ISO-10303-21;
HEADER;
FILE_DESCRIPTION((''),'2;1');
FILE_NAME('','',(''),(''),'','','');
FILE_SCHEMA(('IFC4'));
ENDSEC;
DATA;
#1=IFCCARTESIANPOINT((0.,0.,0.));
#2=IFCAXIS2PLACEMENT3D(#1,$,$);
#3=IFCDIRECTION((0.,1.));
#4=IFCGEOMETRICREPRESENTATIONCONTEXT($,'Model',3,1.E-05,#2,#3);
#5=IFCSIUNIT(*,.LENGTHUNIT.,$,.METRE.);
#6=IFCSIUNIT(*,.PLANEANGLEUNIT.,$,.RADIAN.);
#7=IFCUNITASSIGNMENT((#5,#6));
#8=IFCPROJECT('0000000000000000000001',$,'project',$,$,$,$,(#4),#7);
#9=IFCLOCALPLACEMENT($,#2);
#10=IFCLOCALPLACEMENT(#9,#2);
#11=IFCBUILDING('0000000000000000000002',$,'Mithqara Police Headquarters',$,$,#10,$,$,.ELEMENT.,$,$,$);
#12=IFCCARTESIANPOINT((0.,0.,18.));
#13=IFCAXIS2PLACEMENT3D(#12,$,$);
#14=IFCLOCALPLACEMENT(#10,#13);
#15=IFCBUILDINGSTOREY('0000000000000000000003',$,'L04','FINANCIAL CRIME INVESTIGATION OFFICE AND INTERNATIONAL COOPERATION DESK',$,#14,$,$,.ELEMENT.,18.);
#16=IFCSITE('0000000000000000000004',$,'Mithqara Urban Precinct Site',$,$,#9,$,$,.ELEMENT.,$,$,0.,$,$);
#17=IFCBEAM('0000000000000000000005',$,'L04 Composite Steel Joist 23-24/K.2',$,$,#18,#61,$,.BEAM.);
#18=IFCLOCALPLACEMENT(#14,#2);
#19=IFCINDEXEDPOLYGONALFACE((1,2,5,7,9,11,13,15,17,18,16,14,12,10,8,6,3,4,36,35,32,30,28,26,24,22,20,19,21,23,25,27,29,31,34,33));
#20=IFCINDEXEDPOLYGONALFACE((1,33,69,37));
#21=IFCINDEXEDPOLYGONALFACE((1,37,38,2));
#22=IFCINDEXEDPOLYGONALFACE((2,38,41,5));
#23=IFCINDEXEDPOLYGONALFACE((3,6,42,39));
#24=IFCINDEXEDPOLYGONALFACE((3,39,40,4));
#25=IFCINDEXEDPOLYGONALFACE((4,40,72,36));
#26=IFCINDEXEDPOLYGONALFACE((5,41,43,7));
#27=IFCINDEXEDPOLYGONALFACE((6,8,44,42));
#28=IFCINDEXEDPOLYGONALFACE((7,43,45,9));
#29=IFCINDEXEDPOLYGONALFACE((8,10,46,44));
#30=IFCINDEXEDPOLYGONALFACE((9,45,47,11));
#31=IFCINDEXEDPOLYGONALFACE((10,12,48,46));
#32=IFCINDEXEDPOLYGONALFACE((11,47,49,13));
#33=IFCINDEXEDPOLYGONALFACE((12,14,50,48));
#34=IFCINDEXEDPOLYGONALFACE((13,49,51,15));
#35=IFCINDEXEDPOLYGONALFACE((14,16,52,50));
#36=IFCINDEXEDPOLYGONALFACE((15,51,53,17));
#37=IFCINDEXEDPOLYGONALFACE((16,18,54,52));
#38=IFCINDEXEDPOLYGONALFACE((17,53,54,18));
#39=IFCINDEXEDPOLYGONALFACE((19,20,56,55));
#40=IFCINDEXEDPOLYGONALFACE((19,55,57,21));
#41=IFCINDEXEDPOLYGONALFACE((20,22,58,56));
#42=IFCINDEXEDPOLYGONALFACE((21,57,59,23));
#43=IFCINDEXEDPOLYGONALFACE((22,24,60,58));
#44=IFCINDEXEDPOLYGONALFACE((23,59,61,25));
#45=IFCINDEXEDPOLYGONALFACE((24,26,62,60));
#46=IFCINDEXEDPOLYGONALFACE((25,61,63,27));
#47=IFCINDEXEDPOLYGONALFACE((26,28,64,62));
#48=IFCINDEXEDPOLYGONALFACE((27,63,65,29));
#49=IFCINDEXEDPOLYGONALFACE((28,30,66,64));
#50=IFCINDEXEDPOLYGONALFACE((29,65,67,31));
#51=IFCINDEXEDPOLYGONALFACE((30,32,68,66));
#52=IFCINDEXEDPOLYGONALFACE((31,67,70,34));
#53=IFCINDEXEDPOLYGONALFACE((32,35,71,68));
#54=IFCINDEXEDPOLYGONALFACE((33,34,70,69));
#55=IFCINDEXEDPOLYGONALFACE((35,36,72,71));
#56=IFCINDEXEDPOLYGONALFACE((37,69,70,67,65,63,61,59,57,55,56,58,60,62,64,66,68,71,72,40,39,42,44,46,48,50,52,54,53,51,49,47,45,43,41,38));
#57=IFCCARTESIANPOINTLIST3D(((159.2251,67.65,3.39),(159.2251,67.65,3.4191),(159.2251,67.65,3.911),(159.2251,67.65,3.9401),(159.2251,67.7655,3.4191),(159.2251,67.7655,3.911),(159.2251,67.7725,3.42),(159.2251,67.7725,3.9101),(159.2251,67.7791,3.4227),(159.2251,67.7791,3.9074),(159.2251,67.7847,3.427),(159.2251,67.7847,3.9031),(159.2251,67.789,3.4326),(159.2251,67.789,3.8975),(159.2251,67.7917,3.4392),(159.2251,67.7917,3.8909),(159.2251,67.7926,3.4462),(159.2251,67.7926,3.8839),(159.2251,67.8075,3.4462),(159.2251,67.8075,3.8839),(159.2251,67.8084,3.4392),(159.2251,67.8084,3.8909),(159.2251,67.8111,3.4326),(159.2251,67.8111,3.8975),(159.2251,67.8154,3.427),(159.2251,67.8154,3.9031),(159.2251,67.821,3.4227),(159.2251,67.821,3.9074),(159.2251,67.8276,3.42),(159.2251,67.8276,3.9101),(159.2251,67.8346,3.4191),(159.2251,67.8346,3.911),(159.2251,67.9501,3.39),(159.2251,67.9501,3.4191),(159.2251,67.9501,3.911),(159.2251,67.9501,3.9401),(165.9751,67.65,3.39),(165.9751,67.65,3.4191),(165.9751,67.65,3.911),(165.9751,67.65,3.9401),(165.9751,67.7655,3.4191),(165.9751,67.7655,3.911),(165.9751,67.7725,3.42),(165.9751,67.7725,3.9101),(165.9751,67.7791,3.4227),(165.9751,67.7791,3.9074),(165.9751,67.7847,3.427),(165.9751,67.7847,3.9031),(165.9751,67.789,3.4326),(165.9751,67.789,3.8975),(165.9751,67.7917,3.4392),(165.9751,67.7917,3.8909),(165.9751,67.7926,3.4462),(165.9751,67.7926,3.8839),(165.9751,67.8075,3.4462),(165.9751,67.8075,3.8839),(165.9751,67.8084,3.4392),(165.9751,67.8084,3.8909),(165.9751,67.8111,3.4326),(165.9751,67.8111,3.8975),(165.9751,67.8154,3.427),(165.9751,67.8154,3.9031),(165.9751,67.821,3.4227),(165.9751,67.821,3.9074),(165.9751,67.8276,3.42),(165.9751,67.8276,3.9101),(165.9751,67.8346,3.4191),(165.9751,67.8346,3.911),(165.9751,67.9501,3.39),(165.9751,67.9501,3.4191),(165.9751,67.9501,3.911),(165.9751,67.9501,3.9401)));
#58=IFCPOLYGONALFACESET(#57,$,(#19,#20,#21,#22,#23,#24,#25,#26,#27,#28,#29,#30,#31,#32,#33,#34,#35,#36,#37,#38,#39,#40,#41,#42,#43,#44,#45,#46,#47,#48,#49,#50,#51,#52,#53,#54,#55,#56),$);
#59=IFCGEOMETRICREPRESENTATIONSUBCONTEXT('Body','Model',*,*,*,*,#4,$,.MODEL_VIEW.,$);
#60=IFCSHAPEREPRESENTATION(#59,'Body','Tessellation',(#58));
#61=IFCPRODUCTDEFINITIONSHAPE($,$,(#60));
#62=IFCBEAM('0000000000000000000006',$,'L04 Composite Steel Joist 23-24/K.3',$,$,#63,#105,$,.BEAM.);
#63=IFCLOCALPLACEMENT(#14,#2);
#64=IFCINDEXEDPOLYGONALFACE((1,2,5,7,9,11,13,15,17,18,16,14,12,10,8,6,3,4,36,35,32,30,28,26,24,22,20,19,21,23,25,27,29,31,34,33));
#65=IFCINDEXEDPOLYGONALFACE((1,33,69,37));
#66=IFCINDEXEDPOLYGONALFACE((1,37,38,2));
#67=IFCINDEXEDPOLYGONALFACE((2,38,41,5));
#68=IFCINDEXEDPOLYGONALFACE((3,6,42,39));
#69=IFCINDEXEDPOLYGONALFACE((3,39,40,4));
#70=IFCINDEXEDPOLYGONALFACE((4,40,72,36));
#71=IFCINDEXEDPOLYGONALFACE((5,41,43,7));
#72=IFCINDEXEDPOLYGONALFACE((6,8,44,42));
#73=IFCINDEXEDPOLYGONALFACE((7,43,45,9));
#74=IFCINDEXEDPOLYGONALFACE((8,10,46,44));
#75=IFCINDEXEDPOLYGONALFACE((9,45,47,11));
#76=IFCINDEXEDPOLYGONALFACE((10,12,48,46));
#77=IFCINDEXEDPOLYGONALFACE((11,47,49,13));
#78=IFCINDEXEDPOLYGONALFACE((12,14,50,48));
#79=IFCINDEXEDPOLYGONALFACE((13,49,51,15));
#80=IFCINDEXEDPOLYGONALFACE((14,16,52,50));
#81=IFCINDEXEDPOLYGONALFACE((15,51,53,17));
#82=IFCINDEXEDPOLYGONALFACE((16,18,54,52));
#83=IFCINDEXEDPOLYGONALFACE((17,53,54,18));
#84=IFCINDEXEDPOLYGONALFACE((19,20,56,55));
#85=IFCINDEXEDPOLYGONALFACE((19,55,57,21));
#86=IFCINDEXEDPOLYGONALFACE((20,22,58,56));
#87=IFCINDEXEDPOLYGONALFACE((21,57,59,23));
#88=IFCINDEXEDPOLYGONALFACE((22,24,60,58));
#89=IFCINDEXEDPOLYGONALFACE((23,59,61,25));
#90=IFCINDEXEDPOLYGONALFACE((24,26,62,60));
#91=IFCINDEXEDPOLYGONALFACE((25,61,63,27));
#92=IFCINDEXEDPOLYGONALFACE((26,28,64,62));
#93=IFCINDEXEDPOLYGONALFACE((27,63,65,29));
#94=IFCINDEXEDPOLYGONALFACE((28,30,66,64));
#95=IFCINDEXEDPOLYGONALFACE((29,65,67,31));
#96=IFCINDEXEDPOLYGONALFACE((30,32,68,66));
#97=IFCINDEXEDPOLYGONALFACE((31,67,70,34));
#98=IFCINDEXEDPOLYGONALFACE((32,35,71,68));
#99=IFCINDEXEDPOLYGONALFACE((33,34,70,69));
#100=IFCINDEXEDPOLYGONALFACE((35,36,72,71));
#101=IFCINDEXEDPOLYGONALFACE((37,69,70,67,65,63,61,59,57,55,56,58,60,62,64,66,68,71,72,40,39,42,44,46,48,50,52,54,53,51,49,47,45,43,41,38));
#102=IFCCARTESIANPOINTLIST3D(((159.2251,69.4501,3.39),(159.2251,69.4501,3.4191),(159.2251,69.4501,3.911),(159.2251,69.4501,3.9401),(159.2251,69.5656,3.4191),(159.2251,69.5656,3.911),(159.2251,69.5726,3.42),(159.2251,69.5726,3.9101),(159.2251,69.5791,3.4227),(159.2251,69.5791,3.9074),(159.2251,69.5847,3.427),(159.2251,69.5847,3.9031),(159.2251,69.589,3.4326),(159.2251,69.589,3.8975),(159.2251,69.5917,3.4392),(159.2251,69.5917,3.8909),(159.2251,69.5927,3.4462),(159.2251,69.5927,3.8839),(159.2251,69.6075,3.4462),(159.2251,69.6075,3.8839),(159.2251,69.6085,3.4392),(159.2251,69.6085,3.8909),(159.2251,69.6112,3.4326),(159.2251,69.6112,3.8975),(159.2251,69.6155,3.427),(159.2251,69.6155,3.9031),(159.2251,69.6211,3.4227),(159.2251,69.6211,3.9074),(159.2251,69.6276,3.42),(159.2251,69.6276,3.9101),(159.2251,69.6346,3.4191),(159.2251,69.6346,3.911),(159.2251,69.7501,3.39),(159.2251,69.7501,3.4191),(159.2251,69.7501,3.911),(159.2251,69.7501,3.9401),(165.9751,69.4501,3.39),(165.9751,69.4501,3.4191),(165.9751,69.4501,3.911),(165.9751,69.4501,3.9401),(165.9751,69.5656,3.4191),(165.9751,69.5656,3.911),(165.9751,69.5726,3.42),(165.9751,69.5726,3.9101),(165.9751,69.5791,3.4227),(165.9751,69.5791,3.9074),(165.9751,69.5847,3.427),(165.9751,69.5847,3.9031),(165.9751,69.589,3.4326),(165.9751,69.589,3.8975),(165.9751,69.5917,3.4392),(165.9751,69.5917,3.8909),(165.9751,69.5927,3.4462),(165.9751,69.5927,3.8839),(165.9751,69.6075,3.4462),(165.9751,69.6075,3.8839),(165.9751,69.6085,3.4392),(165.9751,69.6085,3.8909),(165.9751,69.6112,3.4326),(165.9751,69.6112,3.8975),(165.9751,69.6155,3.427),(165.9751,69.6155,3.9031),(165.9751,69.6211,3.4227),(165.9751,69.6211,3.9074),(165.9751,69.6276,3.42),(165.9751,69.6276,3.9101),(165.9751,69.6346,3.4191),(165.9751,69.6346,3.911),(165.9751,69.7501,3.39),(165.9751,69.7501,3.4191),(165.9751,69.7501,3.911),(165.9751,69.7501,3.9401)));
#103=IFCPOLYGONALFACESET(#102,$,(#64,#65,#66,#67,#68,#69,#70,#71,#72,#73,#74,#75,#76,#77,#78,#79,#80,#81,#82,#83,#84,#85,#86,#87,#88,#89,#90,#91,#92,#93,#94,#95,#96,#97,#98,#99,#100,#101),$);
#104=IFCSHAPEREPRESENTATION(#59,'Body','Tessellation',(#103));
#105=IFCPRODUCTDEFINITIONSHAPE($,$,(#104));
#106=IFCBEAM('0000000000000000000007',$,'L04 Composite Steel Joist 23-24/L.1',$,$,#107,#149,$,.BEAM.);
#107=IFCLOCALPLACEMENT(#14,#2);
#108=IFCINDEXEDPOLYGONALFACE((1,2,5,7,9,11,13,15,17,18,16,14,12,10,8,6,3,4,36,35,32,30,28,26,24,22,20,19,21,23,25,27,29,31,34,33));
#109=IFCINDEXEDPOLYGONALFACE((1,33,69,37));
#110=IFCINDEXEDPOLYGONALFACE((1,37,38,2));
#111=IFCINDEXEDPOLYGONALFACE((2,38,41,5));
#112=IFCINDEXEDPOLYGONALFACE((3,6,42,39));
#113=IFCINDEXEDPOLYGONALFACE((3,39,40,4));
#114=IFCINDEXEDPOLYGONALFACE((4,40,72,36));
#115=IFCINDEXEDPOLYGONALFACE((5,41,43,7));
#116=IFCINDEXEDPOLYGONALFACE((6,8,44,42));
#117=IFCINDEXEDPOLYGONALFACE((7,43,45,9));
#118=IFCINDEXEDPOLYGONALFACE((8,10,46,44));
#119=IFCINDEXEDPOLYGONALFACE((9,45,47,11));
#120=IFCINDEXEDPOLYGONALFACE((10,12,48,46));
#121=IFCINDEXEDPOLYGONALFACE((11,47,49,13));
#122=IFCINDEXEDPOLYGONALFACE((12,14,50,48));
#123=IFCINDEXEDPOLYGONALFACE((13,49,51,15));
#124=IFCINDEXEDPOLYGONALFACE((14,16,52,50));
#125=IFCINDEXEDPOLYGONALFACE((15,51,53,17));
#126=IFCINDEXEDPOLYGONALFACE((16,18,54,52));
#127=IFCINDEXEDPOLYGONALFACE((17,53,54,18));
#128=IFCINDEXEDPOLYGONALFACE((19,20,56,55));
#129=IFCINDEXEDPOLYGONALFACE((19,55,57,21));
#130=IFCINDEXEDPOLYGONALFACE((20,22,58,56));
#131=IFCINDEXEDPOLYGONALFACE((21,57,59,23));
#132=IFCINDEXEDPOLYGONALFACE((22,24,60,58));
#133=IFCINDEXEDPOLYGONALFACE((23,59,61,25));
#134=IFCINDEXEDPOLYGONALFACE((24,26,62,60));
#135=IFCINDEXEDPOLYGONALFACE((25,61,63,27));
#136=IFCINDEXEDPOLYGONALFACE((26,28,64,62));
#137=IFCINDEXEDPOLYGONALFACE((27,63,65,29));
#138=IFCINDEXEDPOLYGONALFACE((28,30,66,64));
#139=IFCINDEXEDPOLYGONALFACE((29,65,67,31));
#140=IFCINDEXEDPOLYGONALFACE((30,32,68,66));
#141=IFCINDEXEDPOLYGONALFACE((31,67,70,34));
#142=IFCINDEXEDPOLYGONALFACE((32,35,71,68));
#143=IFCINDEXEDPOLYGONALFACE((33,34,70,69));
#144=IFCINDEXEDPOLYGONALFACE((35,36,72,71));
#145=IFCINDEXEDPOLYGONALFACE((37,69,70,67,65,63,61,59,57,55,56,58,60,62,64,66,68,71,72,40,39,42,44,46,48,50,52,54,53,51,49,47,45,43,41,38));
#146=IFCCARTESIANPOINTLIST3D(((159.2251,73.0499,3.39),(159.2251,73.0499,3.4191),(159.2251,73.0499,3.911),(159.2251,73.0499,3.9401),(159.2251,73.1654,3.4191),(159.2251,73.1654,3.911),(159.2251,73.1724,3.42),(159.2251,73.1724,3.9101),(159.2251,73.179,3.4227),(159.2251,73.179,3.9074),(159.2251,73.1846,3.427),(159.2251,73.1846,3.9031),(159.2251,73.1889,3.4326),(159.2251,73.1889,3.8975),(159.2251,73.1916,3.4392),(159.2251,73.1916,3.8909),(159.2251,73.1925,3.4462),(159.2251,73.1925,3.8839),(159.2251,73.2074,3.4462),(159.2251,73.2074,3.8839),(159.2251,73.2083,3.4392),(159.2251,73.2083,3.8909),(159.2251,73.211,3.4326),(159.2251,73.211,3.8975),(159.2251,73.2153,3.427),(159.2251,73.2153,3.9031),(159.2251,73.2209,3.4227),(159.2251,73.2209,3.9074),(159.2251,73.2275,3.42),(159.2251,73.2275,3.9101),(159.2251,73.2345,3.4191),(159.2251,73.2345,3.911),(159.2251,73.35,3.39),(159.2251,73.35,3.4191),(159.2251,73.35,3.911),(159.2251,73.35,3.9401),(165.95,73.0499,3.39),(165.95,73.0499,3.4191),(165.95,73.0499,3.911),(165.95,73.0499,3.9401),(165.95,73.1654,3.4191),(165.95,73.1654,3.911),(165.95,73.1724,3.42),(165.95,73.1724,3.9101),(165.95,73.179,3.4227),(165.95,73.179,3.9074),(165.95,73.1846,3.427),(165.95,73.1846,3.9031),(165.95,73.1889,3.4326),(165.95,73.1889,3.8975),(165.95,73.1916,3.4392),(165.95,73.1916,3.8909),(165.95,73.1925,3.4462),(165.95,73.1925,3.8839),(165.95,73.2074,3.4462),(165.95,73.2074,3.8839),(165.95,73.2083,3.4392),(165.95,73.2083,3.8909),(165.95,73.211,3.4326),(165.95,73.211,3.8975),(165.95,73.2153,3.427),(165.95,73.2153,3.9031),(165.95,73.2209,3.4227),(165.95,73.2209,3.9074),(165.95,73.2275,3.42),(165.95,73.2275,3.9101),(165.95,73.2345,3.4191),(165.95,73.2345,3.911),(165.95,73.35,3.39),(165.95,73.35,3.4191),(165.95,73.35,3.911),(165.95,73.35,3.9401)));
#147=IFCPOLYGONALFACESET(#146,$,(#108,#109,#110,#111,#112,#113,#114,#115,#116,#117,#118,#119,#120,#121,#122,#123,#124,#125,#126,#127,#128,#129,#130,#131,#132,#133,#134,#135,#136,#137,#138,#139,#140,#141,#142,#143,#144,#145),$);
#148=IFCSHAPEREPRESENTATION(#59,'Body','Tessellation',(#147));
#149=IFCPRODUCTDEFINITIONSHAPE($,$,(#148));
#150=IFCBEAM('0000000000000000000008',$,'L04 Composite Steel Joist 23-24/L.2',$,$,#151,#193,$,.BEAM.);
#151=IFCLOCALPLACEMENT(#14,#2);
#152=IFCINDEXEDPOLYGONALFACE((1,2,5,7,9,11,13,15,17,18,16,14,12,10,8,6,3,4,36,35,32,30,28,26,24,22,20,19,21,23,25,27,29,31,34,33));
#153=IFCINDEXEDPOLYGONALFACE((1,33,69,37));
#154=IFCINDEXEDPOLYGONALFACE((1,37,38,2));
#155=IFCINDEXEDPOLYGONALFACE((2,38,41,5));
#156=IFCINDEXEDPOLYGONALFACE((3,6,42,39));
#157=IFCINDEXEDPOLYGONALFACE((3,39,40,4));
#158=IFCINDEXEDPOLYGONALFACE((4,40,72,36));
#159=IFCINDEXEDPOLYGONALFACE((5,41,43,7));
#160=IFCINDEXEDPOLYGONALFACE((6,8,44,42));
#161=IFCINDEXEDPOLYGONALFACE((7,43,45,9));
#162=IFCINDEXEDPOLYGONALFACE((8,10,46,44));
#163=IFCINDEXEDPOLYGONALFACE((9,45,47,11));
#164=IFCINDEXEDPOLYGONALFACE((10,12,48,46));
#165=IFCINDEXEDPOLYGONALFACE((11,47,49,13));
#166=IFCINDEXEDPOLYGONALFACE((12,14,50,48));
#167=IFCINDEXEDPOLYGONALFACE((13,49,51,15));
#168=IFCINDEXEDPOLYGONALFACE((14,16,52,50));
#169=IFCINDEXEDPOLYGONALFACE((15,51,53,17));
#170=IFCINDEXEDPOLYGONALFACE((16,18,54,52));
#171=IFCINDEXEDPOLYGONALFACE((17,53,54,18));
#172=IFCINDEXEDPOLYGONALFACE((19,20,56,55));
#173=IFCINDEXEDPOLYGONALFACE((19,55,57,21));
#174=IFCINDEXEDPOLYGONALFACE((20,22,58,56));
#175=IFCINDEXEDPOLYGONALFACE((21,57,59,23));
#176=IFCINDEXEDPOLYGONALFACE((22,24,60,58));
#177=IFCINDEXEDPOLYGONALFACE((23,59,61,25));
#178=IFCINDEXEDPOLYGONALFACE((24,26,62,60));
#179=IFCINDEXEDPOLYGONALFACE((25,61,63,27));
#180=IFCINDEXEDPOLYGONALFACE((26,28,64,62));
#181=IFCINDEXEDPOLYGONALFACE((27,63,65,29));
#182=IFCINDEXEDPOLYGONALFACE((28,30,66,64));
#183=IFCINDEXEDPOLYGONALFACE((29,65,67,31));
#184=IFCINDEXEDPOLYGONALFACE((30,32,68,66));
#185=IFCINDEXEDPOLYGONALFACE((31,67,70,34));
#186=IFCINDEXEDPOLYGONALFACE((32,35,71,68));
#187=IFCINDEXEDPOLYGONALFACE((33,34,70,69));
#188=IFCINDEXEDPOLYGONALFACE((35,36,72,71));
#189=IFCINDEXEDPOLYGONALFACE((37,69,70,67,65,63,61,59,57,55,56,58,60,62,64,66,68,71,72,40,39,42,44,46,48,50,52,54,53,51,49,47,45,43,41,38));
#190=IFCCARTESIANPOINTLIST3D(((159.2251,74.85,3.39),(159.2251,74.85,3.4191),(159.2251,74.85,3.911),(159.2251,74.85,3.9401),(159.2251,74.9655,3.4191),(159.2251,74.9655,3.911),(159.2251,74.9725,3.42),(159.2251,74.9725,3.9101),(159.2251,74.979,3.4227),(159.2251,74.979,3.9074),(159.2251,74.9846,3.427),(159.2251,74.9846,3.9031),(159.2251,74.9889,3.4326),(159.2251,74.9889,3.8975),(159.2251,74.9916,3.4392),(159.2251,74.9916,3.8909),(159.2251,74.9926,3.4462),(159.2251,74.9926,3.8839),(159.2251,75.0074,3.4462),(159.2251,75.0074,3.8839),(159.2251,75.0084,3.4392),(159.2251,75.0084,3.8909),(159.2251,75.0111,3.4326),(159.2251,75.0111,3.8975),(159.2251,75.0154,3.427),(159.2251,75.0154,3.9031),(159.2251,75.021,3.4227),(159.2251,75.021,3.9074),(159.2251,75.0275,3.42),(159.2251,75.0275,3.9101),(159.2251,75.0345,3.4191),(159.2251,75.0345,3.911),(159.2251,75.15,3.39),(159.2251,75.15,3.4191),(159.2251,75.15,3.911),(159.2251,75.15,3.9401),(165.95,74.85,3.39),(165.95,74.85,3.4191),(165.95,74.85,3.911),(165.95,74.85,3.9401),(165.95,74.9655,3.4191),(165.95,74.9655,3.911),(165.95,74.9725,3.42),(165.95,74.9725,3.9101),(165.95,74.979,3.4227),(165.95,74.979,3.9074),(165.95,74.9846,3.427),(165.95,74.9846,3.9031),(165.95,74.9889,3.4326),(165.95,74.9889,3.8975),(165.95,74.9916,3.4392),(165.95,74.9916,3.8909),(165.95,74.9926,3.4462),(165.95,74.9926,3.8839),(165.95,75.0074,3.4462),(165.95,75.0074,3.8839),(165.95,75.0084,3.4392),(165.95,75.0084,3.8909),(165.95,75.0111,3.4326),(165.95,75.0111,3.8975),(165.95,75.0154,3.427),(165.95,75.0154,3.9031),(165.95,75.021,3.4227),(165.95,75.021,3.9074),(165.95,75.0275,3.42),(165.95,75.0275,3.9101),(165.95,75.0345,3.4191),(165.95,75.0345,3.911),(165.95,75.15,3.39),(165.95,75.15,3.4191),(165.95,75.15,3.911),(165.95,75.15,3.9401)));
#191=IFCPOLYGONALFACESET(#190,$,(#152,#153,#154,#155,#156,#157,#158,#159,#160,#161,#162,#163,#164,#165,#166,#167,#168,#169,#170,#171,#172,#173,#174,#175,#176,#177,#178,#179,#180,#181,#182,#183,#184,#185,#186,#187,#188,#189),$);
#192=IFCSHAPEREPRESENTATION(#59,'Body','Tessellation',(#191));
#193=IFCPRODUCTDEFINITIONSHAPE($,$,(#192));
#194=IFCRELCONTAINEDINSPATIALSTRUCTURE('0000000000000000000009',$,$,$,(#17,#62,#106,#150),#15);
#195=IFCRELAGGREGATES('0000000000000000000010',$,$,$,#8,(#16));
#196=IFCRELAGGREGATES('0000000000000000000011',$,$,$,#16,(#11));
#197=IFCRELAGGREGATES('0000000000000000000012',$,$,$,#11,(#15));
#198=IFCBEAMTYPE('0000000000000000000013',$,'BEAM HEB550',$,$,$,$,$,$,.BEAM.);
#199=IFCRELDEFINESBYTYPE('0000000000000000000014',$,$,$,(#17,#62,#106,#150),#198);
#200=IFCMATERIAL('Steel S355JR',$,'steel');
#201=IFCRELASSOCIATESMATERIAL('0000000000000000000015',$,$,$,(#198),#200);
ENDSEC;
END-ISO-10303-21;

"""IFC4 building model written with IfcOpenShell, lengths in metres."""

from ifc_helpers import new_model, si_unit, direction, frame, origin, origin_2d, place, context, subcontext, project, spatial, i_section, extrude, material, material_profile, profile_set, type_object, element, save


model = new_model("IFC4")

# Units and contexts
model_context = context("Model", 3, precision=1e-05, world=origin(), true_north=direction((0.0, 1.0)))
body_context = subcontext(model_context, "Body", "Model", "MODEL_VIEW")
ifc_project = project(units=[si_unit("LENGTHUNIT", "METRE"), si_unit("PLANEANGLEUNIT", "RADIAN")], contexts=[model_context])

# Site, building, storey
site_placement = place(None, origin())
site = spatial("IfcSite", under=ifc_project, at=site_placement, Name="Mithqara Urban Precinct Site", CompositionType="ELEMENT", RefElevation=0.0)
building_placement = place(site_placement, origin())
building = spatial("IfcBuilding", under=site, at=building_placement, Name="Mithqara Police Headquarters", CompositionType="ELEMENT")
storey_placement = place(building_placement, frame((0.0, 0.0, 18.0)))
storey = spatial("IfcBuildingStorey", under=building, at=storey_placement, Name="L04", Description="FINANCIAL CRIME INVESTIGATION OFFICE AND INTERNATIONAL COOPERATION DESK", CompositionType="ELEMENT", Elevation=18.0)

# Beams
ifc_material_1 = material(Name="Steel S355JR", Category="steel")
ifc_material_profile_1 = material_profile(ifc_material_1, i_section(OverallWidth=0.3, OverallDepth=0.55, WebThickness=0.0149, FlangeThickness=0.0291, FilletRadius=0.0271, at=origin_2d()), Name="HEB 550")
ifc_profile_set_1 = profile_set([ifc_material_profile_1], Name="Steel S355JR")
beam_type_1 = type_object("IfcBeamType", Name="BEAM HEB550", PredefinedType="BEAM", material=ifc_profile_set_1)
for number, where, z_axis, x_axis, name in (
    (1, (159.2251, 67.8, 3.665), (1.0, 0.0, 0.0), (0.0, 1.0, 0.0), "L04 Composite Steel Joist 23-24/K.2"),
    (2, (159.2251, 69.6001, 3.665), (1.0, 0.0, 0.0), (0.0, 1.0, 0.0), "L04 Composite Steel Joist 23-24/K.3"),
):
    element("IfcBeam", number, at=place(storey_placement, frame(where, z_axis=z_axis, x_axis=x_axis)), inside=storey, type_object=beam_type_1, Name=name, PredefinedType="BEAM", context=body_context, shape_type="SweptSolid", body=[
        extrude(i_section(OverallWidth=0.3, OverallDepth=0.55, WebThickness=0.0149, FlangeThickness=0.0291, FilletRadius=0.0271, at=origin_2d()), origin(), (0.0, 0.0, 1.0), 6.75),
    ])
for number, where, z_axis, x_axis, name in (
    (3, (159.2251, 73.2, 3.665), (1.0, 0.0, 0.0), (0.0, 1.0, 0.0), "L04 Composite Steel Joist 23-24/L.1"),
    (4, (159.2251, 75.0, 3.665), (1.0, 0.0, 0.0), (0.0, 1.0, 0.0), "L04 Composite Steel Joist 23-24/L.2"),
):
    element("IfcBeam", number, at=place(storey_placement, frame(where, z_axis=z_axis, x_axis=x_axis)), inside=storey, type_object=beam_type_1, Name=name, PredefinedType="BEAM", context=body_context, shape_type="SweptSolid", body=[
        extrude(i_section(OverallWidth=0.3, OverallDepth=0.55, WebThickness=0.0149, FlangeThickness=0.0291, FilletRadius=0.0271, at=origin_2d()), origin(), (0.0, 0.0, 1.0), 6.7249),
    ])

save(model, "model.ifc")
